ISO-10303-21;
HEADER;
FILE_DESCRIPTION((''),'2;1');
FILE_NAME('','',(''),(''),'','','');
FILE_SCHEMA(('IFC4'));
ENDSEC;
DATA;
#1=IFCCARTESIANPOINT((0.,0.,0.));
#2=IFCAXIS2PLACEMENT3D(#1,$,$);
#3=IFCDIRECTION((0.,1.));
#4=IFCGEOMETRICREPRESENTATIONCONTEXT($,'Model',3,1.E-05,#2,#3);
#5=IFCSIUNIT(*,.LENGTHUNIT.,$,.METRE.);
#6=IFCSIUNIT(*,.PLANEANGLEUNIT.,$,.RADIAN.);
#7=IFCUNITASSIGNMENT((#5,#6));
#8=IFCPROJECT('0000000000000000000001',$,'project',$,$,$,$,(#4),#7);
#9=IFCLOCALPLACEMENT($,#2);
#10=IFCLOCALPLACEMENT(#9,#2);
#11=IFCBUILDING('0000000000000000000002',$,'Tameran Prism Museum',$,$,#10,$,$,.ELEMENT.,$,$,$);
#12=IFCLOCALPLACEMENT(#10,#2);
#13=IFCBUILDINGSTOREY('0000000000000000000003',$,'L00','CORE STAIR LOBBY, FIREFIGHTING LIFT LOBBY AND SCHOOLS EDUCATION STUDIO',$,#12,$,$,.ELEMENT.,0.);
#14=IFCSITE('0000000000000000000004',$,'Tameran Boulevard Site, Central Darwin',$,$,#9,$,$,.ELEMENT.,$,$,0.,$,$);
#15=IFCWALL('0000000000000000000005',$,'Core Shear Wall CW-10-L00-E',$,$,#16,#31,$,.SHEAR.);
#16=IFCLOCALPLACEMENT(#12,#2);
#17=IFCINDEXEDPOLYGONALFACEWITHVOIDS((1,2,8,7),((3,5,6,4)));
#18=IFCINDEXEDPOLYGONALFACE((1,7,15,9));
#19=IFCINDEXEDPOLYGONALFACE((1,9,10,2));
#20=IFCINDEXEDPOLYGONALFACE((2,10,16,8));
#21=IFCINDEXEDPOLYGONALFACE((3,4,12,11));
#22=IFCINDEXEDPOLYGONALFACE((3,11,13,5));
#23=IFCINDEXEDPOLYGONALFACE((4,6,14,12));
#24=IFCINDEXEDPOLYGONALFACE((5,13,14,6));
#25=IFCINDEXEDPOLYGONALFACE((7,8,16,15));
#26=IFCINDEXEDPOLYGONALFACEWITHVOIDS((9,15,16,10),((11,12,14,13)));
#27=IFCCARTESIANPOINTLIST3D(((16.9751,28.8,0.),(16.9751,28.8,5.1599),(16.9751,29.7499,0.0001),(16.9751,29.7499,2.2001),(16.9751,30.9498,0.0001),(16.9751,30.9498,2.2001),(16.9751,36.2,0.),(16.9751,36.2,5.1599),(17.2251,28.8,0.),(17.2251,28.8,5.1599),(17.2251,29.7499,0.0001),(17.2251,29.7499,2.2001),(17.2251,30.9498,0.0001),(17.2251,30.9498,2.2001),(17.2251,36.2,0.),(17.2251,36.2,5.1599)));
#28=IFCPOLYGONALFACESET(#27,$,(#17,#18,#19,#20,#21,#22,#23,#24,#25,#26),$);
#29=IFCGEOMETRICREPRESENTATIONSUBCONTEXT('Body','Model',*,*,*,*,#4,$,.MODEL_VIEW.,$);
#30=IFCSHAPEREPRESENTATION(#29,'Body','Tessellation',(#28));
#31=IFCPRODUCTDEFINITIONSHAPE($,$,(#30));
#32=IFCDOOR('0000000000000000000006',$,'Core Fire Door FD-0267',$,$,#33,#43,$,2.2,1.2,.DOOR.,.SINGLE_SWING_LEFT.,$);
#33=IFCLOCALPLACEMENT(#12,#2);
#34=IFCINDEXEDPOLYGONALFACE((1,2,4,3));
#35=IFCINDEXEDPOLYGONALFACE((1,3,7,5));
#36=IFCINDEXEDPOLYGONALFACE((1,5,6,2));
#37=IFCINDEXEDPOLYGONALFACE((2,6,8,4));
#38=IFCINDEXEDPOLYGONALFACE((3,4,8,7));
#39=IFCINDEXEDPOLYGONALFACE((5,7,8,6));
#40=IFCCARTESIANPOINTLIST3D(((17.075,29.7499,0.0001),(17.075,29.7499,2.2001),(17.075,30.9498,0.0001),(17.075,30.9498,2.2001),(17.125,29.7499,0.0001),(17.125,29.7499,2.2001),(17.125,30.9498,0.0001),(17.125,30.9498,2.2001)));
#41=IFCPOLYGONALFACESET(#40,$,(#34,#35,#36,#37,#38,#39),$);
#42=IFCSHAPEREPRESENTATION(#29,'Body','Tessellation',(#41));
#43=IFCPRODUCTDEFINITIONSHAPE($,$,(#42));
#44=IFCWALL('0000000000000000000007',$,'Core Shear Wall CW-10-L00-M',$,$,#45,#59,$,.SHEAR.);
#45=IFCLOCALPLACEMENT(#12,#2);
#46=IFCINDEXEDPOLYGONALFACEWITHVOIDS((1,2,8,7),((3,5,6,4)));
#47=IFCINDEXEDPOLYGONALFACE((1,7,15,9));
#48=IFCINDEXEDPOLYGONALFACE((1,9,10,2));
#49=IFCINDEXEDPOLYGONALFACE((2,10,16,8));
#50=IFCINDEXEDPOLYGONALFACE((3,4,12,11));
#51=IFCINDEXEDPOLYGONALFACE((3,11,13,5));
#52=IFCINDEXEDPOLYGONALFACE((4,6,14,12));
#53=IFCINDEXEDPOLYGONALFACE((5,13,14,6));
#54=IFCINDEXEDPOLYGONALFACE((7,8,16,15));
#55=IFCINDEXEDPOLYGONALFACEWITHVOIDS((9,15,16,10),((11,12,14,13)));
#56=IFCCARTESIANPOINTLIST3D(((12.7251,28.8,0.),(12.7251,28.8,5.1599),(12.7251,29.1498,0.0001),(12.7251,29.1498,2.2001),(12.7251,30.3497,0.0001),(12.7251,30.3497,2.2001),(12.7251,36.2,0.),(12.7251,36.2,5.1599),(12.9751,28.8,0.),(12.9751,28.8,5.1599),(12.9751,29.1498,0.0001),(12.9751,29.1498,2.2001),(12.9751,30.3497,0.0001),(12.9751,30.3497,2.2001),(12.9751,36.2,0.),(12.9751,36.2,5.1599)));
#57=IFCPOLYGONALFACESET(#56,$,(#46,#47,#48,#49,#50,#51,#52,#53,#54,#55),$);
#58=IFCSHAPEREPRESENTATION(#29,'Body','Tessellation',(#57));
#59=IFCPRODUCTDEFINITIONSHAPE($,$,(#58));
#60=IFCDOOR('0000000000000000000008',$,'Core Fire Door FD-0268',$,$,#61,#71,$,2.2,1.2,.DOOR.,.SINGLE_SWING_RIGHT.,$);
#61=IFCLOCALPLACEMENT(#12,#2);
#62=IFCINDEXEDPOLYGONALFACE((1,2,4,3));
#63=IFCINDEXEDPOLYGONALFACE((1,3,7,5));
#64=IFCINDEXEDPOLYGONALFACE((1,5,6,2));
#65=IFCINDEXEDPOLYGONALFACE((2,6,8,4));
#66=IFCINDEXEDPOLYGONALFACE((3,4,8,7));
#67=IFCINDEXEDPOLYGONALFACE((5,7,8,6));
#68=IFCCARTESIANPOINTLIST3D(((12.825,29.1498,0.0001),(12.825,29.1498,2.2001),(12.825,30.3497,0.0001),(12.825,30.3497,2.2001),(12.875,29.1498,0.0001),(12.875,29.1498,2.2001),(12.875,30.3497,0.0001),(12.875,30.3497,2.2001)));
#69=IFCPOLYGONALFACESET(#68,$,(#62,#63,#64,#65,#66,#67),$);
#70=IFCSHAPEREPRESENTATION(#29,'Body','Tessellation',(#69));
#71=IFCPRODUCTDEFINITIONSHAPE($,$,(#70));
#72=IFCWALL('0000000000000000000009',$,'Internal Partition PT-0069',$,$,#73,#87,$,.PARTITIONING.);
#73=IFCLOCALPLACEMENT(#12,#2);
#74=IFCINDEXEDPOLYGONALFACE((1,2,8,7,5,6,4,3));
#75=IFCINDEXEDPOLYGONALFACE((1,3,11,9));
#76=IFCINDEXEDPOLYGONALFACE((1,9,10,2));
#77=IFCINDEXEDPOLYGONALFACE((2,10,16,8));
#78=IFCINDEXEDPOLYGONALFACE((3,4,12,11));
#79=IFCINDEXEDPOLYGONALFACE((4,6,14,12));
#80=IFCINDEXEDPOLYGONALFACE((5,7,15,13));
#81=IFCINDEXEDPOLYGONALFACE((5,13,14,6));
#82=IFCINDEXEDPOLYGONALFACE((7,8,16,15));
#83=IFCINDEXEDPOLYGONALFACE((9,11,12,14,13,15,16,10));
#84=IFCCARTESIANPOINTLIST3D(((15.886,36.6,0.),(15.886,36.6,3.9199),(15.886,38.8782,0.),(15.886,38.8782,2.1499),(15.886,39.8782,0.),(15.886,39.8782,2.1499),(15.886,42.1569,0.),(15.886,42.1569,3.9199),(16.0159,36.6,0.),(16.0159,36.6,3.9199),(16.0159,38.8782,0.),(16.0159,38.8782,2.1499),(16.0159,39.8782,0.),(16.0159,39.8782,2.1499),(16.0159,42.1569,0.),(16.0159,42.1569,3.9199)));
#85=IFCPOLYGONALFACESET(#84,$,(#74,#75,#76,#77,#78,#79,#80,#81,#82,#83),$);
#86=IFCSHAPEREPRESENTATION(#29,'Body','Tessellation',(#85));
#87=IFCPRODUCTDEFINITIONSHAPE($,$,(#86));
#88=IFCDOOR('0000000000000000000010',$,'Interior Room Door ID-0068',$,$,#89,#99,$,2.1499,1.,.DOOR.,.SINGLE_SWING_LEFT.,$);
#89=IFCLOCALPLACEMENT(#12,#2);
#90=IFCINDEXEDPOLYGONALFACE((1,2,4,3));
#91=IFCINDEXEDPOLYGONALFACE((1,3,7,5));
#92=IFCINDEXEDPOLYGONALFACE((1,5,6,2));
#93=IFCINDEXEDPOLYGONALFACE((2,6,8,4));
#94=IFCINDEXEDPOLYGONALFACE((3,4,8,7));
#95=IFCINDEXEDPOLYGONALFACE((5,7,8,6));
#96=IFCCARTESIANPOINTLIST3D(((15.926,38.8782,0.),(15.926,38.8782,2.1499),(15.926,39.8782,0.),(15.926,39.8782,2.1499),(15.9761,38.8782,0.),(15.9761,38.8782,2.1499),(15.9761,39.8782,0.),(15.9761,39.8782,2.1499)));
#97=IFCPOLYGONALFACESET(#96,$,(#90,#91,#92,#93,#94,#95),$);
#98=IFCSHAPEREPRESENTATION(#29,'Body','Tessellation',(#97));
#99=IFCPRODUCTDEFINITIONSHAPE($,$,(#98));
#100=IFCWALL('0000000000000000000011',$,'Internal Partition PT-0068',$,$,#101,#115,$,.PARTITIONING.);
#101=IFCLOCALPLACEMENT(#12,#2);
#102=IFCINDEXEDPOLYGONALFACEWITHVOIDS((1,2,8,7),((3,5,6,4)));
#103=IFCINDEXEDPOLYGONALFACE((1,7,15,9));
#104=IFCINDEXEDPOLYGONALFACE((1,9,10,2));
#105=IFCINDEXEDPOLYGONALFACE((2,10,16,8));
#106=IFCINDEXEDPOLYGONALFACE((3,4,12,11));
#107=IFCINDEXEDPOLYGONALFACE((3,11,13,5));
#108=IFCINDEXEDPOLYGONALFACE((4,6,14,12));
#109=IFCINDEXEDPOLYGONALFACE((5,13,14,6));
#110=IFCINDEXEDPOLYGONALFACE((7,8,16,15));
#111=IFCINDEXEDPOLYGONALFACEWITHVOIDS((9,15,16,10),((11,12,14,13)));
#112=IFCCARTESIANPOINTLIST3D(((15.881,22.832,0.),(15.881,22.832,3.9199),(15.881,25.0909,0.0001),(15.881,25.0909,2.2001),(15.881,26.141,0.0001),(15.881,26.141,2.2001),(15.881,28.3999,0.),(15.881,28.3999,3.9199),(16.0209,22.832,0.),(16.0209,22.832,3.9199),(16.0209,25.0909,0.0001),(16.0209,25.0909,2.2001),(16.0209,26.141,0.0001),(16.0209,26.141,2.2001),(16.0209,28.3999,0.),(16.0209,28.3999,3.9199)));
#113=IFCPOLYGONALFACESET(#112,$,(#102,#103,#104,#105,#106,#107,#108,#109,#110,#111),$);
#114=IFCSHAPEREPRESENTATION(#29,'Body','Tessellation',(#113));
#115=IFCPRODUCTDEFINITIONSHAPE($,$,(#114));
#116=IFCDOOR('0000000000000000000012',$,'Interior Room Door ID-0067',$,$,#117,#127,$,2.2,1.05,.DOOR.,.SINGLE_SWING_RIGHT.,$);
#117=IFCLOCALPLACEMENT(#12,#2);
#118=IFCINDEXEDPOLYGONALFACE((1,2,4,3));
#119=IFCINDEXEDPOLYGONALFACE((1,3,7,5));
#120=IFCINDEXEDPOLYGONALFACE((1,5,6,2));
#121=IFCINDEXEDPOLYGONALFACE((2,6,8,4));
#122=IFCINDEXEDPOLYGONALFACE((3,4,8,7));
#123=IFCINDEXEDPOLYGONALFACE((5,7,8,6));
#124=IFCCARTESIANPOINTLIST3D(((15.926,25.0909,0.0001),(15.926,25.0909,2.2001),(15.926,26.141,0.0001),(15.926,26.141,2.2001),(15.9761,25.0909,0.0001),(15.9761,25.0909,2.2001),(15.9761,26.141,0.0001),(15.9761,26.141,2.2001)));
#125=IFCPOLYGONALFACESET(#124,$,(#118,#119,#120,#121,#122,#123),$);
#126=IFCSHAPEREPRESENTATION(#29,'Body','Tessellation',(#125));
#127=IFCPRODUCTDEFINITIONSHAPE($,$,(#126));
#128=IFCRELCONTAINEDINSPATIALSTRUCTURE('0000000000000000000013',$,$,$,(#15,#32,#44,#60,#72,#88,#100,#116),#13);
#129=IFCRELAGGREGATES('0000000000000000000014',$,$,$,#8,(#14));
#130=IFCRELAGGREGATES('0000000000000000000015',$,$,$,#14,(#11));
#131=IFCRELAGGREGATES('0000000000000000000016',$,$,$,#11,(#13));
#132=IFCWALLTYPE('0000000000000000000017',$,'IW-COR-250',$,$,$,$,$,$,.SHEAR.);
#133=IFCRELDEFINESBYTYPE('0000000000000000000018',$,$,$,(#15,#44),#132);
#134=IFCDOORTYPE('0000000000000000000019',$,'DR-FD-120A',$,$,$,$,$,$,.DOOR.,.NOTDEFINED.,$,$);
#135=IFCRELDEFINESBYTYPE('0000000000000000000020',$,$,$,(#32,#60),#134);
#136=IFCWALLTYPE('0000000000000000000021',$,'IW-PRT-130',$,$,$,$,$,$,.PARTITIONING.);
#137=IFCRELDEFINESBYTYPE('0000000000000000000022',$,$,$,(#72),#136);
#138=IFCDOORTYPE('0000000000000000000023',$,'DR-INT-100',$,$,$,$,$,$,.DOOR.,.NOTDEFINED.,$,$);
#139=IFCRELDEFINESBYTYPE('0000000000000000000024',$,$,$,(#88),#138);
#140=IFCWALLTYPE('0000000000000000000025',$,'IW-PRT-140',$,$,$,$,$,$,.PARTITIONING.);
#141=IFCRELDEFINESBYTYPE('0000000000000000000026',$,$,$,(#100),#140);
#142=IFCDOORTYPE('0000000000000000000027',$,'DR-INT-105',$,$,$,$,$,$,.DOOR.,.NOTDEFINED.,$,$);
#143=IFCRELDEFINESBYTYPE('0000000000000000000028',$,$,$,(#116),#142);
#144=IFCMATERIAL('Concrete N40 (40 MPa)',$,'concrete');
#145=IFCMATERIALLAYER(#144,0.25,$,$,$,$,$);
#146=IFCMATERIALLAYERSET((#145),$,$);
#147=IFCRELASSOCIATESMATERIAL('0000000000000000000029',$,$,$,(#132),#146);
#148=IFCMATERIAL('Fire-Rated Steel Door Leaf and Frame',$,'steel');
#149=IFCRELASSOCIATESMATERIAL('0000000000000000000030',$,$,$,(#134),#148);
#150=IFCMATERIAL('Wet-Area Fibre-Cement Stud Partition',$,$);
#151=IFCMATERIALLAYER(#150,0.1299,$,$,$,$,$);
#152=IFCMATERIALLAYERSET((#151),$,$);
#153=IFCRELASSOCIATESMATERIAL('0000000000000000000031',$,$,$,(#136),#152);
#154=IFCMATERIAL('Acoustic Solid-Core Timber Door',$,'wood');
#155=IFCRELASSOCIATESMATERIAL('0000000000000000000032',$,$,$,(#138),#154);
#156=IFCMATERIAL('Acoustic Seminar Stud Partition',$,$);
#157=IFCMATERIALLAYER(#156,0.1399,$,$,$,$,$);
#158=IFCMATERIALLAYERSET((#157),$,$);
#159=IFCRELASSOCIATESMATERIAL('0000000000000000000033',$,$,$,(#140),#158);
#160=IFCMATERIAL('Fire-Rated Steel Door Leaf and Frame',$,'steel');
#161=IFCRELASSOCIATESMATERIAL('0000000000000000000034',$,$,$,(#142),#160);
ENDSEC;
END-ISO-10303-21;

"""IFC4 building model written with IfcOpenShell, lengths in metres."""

from ifc_helpers import new_model, si_unit, direction, frame, frame_2d, origin, place, context, subcontext, project, spatial, rectangle, extrude, material, layer, layer_set, type_object, element, fill, save


model = new_model("IFC4")

# Units and contexts
model_context = context("Model", 3, precision=1e-05, world=origin(), true_north=direction((0.0, 1.0)))
body_context = subcontext(model_context, "Body", "Model", "MODEL_VIEW")
ifc_project = project(units=[si_unit("LENGTHUNIT", "METRE"), si_unit("PLANEANGLEUNIT", "RADIAN")], contexts=[model_context])

# Site, building, storey
site_placement = place(None, origin())
site = spatial("IfcSite", under=ifc_project, at=site_placement, Name="Tameran Boulevard Site, Central Darwin", CompositionType="ELEMENT", RefElevation=0.0)
building_placement = place(site_placement, origin())
building = spatial("IfcBuilding", under=site, at=building_placement, Name="Tameran Prism Museum", CompositionType="ELEMENT")
storey_placement = place(building_placement, origin())
storey = spatial("IfcBuildingStorey", under=building, at=storey_placement, Name="L00", Description="CORE STAIR LOBBY, FIREFIGHTING LIFT LOBBY AND SCHOOLS EDUCATION STUDIO", CompositionType="ELEMENT", Elevation=0.0)

# Shared definitions
ifc_material_1 = material(Name="Concrete N40 (40 MPa)", Category="concrete")
ifc_layer_1 = layer(ifc_material_1, 0.25)
ifc_layer_set_1 = layer_set([ifc_layer_1])
wall_type_1 = type_object("IfcWallType", Name="IW-COR-250", PredefinedType="SHEAR", material=ifc_layer_set_1)

# Walls, openings, doors
wall_1_placement = place(storey_placement, frame((17.1001, 36.2, 0.0), z_axis=(0.0, 0.0, 1.0), x_axis=(0.0, -1.0, 0.0)))
wall_1 = element("IfcWall", 1, at=wall_1_placement, inside=storey, type_object=wall_type_1, Name="Core Shear Wall CW-10-L00-E", PredefinedType="SHEAR", context=body_context, shape_type="SweptSolid", body=[
    extrude(rectangle(XDim=7.3999, YDim=0.25, at=frame_2d((3.7, 0.0))), origin(), (0.0, 0.0, 1.0), 5.1599),
])
opening_1_placement = place(wall_1_placement, frame((5.25, 0.0, 0.0)))
opening_1 = element("IfcOpeningElement", 2, at=opening_1_placement, cuts=wall_1, PredefinedType="OPENING", context=body_context, shape_type="SweptSolid", body=[
    extrude(rectangle(XDim=1.2, YDim=2.2, at=frame_2d((0.6001, 1.1001))), frame((0.0, 0.135, 0.0), z_axis=(0.0, -1.0, 0.0), x_axis=(1.0, 0.0, 0.0)), (0.0, 0.0, 1.0), 0.27),
])
ifc_material_2 = material(Name="Fire-Rated Steel Door Leaf and Frame", Category="steel")
door_type_1 = type_object("IfcDoorType", Name="DR-FD-120A", OperationType="NOTDEFINED", PredefinedType="DOOR", material=ifc_material_2)
door_1_placement = place(opening_1_placement, origin())
door_1 = element("IfcDoor", 3, at=door_1_placement, inside=storey, type_object=door_type_1, Name="Core Fire Door FD-0267", OperationType="SINGLE_SWING_LEFT", OverallHeight=2.2, OverallWidth=1.2, PredefinedType="DOOR", context=body_context, shape_type="SweptSolid", body=[
    extrude(rectangle(XDim=1.2, YDim=2.2, at=frame_2d((0.6001, 1.1001))), frame((0.0, 0.0249, 0.0), z_axis=(0.0, -1.0, 0.0), x_axis=(1.0, 0.0, 0.0)), (0.0, 0.0, 1.0), 0.05),
])
fill(opening_1, door_1)
wall_2_placement = place(storey_placement, frame((12.8501, 36.2, 0.0), z_axis=(0.0, 0.0, 1.0), x_axis=(0.0, -1.0, 0.0)))
wall_2 = element("IfcWall", 4, at=wall_2_placement, inside=storey, type_object=wall_type_1, Name="Core Shear Wall CW-10-L00-M", PredefinedType="SHEAR", context=body_context, shape_type="SweptSolid", body=[
    extrude(rectangle(XDim=7.3999, YDim=0.25, at=frame_2d((3.7, 0.0))), origin(), (0.0, 0.0, 1.0), 5.1599),
])
opening_2_placement = place(wall_2_placement, frame((5.8501, 0.0, 0.0)))
opening_2 = element("IfcOpeningElement", 5, at=opening_2_placement, cuts=wall_2, PredefinedType="OPENING", context=body_context, shape_type="SweptSolid", body=[
    extrude(rectangle(XDim=1.2, YDim=2.2, at=frame_2d((0.6001, 1.1001))), frame((0.0, 0.135, 0.0), z_axis=(0.0, -1.0, 0.0), x_axis=(1.0, 0.0, 0.0)), (0.0, 0.0, 1.0), 0.27),
])
door_2_placement = place(opening_2_placement, origin())
door_2 = element("IfcDoor", 6, at=door_2_placement, inside=storey, type_object=door_type_1, Name="Core Fire Door FD-0268", OperationType="SINGLE_SWING_RIGHT", OverallHeight=2.2, OverallWidth=1.2, PredefinedType="DOOR", context=body_context, shape_type="SweptSolid", body=[
    extrude(rectangle(XDim=1.2, YDim=2.2, at=frame_2d((0.6001, 1.1001))), frame((0.0, 0.0249, 0.0), z_axis=(0.0, -1.0, 0.0), x_axis=(1.0, 0.0, 0.0)), (0.0, 0.0, 1.0), 0.05),
])
fill(opening_2, door_2)
ifc_material_3 = material(Name="Wet-Area Fibre-Cement Stud Partition")
ifc_layer_2 = layer(ifc_material_3, 0.1299)
ifc_layer_set_2 = layer_set([ifc_layer_2])
wall_type_2 = type_object("IfcWallType", Name="IW-PRT-130", PredefinedType="PARTITIONING", material=ifc_layer_set_2)
wall_3_placement = place(storey_placement, frame((15.9509, 36.6001, 0.0), z_axis=(0.0, 0.0, 1.0), x_axis=(0.0, 1.0, 0.0)))
wall_3 = element("IfcWall", 7, at=wall_3_placement, inside=storey, type_object=wall_type_2, Name="Internal Partition PT-0069", PredefinedType="PARTITIONING", context=body_context, shape_type="SweptSolid", body=[
    extrude(rectangle(XDim=5.5569, YDim=0.1299, at=frame_2d((2.7783, 0.0))), origin(), (0.0, 0.0, 1.0), 3.9199),
])
opening_3_placement = place(wall_3_placement, frame((2.2781, 0.0, 0.0)))
opening_3 = element("IfcOpeningElement", 8, at=opening_3_placement, cuts=wall_3, PredefinedType="OPENING", context=body_context, shape_type="SweptSolid", body=[
    extrude(rectangle(XDim=1.0, YDim=2.1499, at=frame_2d((0.5, 1.075))), frame((0.0, 0.075, 0.0), z_axis=(0.0, -1.0, 0.0), x_axis=(1.0, 0.0, 0.0)), (0.0, 0.0, 1.0), 0.1499),
])
ifc_material_4 = material(Name="Acoustic Solid-Core Timber Door", Category="wood")
door_type_2 = type_object("IfcDoorType", Name="DR-INT-100", OperationType="NOTDEFINED", PredefinedType="DOOR", material=ifc_material_4)
door_3_placement = place(opening_3_placement, origin())
door_3 = element("IfcDoor", 9, at=door_3_placement, inside=storey, type_object=door_type_2, Name="Interior Room Door ID-0068", OperationType="SINGLE_SWING_LEFT", OverallHeight=2.1499, OverallWidth=1.0, PredefinedType="DOOR", context=body_context, shape_type="SweptSolid", body=[
    extrude(rectangle(XDim=1.0, YDim=2.1499, at=frame_2d((0.5, 1.075))), frame((0.0, 0.0249, 0.0), z_axis=(0.0, -1.0, 0.0), x_axis=(1.0, 0.0, 0.0)), (0.0, 0.0, 1.0), 0.05),
])
fill(opening_3, door_3)
ifc_material_5 = material(Name="Acoustic Seminar Stud Partition")
ifc_layer_3 = layer(ifc_material_5, 0.1399)
ifc_layer_set_3 = layer_set([ifc_layer_3])
wall_type_3 = type_object("IfcWallType", Name="IW-PRT-140", PredefinedType="PARTITIONING", material=ifc_layer_set_3)
wall_4_placement = place(storey_placement, frame((15.9509, 22.832, 0.0), z_axis=(0.0, 0.0, 1.0), x_axis=(0.0, 1.0, 0.0)))
wall_4 = element("IfcWall", 10, at=wall_4_placement, inside=storey, type_object=wall_type_3, Name="Internal Partition PT-0068", PredefinedType="PARTITIONING", context=body_context, shape_type="SweptSolid", body=[
    extrude(rectangle(XDim=5.5679, YDim=0.1399, at=frame_2d((2.7839, 0.0))), origin(), (0.0, 0.0, 1.0), 3.9199),
])
opening_4_placement = place(wall_4_placement, frame((2.259, 0.0, 0.0)))
opening_4 = element("IfcOpeningElement", 11, at=opening_4_placement, cuts=wall_4, PredefinedType="OPENING", context=body_context, shape_type="SweptSolid", body=[
    extrude(rectangle(XDim=1.05, YDim=2.2, at=frame_2d((0.5249, 1.1001))), frame((0.0, 0.0798, 0.0), z_axis=(0.0, -1.0, 0.0), x_axis=(1.0, 0.0, 0.0)), (0.0, 0.0, 1.0), 0.1599),
])
ifc_material_6 = material(Name="Fire-Rated Steel Door Leaf and Frame", Category="steel")
door_type_3 = type_object("IfcDoorType", Name="DR-INT-105", OperationType="NOTDEFINED", PredefinedType="DOOR", material=ifc_material_6)
door_4_placement = place(opening_4_placement, origin())
door_4 = element("IfcDoor", 12, at=door_4_placement, inside=storey, type_object=door_type_3, Name="Interior Room Door ID-0067", OperationType="SINGLE_SWING_RIGHT", OverallHeight=2.2, OverallWidth=1.05, PredefinedType="DOOR", context=body_context, shape_type="SweptSolid", body=[
    extrude(rectangle(XDim=1.05, YDim=2.2, at=frame_2d((0.5249, 1.1001))), frame((0.0, 0.0249, 0.0), z_axis=(0.0, -1.0, 0.0), x_axis=(1.0, 0.0, 0.0)), (0.0, 0.0, 1.0), 0.05),
])
fill(opening_4, door_4)

save(model, "model.ifc")
